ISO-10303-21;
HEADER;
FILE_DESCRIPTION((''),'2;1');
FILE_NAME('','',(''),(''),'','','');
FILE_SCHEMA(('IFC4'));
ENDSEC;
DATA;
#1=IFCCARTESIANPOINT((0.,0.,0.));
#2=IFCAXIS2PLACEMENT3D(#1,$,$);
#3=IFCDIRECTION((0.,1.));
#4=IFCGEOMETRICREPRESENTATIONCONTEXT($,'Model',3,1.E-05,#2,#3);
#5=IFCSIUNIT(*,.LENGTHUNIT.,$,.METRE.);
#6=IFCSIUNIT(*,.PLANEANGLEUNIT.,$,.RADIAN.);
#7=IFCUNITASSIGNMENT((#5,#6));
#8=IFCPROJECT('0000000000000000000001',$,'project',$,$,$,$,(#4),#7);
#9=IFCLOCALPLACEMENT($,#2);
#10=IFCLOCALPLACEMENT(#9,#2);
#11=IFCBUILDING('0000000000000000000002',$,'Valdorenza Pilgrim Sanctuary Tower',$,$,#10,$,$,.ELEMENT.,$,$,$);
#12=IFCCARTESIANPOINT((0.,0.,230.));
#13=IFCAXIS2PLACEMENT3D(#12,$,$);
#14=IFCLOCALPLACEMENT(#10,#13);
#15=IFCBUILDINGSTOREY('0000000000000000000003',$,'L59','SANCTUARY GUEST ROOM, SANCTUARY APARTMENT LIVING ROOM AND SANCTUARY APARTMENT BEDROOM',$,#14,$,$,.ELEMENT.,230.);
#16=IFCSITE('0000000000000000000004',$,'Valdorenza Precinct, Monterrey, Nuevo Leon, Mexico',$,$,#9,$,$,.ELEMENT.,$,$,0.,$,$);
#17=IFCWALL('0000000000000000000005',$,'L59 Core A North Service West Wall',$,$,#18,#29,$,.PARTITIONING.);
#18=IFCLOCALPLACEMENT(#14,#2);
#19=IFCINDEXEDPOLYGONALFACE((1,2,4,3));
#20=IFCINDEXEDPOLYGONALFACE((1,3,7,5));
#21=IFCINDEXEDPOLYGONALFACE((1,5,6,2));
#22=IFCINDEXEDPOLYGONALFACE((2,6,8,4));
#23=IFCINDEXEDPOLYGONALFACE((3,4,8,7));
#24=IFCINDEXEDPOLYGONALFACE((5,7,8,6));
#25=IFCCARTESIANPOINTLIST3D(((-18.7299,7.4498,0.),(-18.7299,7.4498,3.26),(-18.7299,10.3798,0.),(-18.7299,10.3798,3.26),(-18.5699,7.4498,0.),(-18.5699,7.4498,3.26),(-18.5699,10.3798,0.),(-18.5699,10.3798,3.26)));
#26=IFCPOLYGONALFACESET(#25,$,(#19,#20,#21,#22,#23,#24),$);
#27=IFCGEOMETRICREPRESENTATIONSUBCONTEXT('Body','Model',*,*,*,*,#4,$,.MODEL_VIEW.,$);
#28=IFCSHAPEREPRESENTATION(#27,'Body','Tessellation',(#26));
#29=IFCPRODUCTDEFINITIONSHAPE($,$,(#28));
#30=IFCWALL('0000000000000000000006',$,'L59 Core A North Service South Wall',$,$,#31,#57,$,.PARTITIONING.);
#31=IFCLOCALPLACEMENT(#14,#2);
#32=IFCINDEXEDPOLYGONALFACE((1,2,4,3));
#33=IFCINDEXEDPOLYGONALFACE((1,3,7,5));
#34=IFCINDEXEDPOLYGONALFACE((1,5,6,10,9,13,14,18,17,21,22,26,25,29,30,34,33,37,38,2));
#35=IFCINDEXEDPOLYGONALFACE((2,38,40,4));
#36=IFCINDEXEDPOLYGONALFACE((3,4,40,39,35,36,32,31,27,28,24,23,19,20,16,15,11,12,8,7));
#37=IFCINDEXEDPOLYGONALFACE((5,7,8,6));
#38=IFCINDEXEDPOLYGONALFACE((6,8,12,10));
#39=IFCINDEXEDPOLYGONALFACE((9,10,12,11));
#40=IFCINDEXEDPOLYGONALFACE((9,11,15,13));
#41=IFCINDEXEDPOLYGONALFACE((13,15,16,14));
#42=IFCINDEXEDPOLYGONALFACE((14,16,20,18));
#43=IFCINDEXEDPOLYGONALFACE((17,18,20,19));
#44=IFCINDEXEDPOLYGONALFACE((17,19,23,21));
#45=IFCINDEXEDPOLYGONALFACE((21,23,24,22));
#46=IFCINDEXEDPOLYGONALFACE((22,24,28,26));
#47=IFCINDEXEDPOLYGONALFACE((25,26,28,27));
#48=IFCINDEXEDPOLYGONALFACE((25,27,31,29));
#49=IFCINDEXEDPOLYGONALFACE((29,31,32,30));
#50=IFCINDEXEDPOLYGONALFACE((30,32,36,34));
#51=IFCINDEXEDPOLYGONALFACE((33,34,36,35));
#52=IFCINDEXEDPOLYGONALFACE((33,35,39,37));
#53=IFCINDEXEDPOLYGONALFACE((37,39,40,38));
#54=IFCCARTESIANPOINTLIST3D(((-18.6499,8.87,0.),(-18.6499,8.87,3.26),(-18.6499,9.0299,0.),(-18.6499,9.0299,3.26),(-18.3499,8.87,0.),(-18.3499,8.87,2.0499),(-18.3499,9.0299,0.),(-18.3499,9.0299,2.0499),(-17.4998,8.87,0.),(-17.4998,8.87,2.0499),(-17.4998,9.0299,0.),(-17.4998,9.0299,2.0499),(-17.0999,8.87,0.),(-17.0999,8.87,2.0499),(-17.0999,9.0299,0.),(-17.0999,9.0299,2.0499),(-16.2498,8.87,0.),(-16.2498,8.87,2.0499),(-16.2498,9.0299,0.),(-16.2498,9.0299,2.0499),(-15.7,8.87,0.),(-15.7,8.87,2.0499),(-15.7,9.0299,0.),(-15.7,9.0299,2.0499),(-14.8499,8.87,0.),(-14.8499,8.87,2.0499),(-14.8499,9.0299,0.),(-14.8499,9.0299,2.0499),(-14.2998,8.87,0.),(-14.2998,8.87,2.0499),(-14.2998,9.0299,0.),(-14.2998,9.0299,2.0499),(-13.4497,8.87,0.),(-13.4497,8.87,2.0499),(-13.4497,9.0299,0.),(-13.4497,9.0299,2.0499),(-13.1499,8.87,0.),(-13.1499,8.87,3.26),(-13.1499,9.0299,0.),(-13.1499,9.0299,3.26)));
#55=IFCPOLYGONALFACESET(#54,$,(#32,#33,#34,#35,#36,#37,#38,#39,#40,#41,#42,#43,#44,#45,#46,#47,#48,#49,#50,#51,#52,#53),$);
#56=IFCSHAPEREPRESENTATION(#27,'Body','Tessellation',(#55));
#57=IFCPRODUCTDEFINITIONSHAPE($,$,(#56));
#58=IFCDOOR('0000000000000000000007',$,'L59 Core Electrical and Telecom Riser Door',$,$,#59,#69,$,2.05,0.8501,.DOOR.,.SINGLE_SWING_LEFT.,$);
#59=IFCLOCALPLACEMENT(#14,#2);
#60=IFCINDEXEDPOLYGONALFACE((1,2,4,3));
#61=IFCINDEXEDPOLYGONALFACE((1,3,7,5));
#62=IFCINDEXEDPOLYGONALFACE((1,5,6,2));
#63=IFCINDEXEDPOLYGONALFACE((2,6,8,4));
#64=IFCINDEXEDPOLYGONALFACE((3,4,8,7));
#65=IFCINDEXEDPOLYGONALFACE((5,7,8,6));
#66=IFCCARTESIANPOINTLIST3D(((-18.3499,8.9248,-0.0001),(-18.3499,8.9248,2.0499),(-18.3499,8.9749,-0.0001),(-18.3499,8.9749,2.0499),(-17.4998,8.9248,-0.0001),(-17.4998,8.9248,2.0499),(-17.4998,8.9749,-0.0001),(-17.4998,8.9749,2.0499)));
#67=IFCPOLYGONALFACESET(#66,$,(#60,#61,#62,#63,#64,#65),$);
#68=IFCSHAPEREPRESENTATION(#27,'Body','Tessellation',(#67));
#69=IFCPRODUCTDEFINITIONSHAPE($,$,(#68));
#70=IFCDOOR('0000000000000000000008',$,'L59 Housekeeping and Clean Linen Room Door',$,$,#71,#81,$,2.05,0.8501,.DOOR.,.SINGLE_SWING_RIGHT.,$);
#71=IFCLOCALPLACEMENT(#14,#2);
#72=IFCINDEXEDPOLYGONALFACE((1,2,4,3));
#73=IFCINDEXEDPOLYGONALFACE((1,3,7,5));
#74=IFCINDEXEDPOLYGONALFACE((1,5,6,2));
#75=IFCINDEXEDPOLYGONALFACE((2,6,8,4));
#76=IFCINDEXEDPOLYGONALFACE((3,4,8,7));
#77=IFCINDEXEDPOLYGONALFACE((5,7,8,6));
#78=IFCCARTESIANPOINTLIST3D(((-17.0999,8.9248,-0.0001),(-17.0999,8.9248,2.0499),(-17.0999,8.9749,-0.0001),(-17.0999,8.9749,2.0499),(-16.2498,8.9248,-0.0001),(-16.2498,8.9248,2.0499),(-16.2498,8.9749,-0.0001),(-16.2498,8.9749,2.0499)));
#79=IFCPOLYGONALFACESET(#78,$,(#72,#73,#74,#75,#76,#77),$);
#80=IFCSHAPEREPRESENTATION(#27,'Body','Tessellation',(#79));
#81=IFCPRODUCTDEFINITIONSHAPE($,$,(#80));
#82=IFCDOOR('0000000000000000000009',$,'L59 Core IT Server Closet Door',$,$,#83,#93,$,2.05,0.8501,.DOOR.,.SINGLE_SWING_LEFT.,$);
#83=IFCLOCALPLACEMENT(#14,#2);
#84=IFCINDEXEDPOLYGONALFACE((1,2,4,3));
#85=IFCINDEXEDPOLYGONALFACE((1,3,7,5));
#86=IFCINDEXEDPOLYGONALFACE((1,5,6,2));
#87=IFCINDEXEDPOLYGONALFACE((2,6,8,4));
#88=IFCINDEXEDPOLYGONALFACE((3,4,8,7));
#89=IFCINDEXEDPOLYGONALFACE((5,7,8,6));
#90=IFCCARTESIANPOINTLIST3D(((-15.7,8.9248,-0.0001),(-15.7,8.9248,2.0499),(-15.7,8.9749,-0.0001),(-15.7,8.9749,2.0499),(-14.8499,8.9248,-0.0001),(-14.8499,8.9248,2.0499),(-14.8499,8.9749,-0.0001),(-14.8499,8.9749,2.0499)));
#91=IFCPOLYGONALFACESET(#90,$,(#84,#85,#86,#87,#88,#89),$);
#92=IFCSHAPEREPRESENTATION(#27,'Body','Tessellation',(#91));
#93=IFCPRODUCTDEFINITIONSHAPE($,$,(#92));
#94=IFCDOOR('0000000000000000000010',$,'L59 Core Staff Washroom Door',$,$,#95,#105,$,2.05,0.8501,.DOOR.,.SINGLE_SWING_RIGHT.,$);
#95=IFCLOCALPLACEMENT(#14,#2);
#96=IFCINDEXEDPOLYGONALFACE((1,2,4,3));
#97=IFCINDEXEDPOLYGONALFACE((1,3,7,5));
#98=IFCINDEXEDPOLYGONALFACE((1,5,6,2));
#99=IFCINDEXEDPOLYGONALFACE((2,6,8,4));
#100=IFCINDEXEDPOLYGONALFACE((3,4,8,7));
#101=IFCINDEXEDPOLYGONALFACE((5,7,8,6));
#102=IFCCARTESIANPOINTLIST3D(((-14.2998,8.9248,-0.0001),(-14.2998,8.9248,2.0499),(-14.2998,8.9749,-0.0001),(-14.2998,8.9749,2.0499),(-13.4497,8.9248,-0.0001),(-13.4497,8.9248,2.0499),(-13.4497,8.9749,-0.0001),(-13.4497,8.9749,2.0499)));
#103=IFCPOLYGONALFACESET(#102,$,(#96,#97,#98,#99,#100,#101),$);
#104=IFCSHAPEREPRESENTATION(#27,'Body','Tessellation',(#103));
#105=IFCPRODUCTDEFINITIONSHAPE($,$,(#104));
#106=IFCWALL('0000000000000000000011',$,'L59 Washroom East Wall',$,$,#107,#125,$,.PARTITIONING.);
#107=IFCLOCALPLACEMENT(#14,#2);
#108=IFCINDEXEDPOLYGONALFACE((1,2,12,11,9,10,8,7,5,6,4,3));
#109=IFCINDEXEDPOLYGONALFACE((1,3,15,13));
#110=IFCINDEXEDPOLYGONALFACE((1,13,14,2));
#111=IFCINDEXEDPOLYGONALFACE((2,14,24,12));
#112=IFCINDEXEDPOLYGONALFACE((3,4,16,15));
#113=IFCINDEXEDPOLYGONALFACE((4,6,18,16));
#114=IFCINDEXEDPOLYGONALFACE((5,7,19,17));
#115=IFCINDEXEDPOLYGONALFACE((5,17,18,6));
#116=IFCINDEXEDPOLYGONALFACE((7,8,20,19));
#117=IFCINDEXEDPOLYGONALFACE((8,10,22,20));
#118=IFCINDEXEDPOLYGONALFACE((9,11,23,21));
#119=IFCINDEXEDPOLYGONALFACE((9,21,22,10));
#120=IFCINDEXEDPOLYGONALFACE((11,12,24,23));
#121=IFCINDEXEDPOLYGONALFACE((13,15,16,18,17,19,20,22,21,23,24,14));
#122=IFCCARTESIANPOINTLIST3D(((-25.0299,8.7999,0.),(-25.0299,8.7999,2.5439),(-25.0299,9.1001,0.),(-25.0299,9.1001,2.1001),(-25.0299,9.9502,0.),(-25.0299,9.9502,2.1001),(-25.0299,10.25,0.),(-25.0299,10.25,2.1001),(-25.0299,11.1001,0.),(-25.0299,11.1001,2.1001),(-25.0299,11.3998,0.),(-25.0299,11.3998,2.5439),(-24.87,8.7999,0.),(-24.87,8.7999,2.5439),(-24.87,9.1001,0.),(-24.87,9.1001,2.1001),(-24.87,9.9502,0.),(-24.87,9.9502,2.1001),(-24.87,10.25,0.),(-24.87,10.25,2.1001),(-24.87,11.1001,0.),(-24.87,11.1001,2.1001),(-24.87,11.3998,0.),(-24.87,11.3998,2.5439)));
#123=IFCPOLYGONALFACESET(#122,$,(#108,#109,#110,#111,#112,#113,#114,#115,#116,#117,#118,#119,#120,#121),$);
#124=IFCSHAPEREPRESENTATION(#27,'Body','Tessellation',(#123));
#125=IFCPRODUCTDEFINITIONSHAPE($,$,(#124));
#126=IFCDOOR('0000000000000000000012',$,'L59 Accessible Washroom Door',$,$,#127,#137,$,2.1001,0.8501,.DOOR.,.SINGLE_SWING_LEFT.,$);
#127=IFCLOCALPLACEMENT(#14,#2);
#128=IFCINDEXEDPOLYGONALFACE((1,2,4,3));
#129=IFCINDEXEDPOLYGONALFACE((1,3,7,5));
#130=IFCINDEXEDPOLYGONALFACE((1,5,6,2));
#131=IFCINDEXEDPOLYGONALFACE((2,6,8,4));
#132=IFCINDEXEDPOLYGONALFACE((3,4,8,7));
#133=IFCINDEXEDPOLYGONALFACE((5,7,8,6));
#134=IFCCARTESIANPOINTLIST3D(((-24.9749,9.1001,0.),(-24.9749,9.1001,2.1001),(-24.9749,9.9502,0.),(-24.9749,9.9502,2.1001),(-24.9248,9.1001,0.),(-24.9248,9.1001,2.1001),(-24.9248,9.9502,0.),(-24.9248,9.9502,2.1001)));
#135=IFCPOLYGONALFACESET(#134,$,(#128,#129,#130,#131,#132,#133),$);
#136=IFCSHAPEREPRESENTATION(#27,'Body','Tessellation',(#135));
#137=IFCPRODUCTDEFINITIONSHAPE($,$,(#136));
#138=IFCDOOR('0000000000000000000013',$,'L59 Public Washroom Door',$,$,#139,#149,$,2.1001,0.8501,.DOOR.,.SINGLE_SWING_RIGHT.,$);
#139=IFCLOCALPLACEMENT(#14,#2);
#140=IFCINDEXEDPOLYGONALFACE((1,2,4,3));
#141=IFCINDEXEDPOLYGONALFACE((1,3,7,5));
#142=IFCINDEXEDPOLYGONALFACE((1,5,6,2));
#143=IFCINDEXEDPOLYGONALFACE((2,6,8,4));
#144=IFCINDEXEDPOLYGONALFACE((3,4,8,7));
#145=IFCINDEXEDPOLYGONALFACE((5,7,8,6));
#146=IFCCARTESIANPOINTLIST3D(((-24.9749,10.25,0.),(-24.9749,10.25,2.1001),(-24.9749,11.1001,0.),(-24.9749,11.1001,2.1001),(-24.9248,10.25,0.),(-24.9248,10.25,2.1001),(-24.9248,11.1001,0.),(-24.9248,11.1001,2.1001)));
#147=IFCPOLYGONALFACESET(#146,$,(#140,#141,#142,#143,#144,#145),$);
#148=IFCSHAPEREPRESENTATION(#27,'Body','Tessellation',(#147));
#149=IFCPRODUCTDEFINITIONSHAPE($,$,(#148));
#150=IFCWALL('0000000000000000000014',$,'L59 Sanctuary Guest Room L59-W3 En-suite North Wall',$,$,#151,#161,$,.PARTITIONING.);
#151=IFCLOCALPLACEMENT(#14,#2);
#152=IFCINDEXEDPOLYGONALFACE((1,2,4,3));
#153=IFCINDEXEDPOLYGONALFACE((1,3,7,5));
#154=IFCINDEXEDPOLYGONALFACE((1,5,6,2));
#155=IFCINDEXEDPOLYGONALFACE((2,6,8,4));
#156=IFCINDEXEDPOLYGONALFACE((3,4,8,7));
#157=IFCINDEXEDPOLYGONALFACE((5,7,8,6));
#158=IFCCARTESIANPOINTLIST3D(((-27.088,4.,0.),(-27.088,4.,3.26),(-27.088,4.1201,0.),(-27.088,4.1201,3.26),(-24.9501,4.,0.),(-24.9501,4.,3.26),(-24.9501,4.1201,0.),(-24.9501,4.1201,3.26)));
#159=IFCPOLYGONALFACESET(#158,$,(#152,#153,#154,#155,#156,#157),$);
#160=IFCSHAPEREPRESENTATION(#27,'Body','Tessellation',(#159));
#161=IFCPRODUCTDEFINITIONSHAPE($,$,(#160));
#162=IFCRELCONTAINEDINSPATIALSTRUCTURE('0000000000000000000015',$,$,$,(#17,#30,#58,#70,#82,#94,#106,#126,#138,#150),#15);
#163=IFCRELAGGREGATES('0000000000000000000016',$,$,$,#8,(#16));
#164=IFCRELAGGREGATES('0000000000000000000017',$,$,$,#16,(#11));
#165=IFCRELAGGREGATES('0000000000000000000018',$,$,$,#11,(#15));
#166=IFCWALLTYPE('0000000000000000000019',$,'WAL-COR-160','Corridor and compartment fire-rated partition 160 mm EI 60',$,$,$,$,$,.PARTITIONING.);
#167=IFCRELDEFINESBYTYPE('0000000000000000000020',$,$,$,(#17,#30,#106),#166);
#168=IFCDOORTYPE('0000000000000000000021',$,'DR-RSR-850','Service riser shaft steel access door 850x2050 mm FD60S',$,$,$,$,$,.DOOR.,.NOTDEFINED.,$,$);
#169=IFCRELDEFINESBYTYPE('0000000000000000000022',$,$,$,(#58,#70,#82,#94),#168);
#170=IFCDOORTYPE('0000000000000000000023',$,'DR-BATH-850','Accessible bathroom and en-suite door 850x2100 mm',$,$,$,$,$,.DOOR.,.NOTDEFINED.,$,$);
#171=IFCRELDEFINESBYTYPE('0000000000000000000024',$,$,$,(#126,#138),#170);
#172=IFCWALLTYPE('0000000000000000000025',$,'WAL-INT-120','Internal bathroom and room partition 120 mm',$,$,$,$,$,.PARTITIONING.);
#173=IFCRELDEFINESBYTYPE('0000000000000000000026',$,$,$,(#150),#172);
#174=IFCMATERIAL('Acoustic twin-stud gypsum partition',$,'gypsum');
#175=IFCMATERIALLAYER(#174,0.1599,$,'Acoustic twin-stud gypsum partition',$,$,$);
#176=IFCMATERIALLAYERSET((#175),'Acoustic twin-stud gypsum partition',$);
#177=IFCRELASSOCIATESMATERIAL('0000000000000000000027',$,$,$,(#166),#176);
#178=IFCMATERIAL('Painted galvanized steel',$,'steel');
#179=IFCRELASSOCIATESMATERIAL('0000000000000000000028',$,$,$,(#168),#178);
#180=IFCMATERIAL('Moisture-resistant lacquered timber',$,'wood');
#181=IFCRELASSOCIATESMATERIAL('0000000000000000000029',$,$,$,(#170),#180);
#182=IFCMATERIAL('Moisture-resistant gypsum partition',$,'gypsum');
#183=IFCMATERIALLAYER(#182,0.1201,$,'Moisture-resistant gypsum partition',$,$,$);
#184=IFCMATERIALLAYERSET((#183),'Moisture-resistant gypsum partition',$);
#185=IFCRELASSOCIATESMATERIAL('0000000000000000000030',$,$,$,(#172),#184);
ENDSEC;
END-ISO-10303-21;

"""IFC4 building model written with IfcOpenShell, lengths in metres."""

from ifc_helpers import new_model, si_unit, direction, frame, frame_2d, origin, place, context, subcontext, project, spatial, rectangle, extrude, material, layer, layer_set, type_object, element, fill, save


model = new_model("IFC4")

# Units and contexts
model_context = context("Model", 3, precision=1e-05, world=origin(), true_north=direction((0.0, 1.0)))
body_context = subcontext(model_context, "Body", "Model", "MODEL_VIEW")
ifc_project = project(units=[si_unit("LENGTHUNIT", "METRE"), si_unit("PLANEANGLEUNIT", "RADIAN")], contexts=[model_context])

# Site, building, storey
site_placement = place(None, origin())
site = spatial("IfcSite", under=ifc_project, at=site_placement, Name="Valdorenza Precinct, Monterrey, Nuevo Leon, Mexico", CompositionType="ELEMENT", RefElevation=0.0)
building_placement = place(site_placement, origin())
building = spatial("IfcBuilding", under=site, at=building_placement, Name="Valdorenza Pilgrim Sanctuary Tower", CompositionType="ELEMENT")
storey_placement = place(building_placement, frame((0.0, 0.0, 230.0)))
storey = spatial("IfcBuildingStorey", under=building, at=storey_placement, Name="L59", Description="SANCTUARY GUEST ROOM, SANCTUARY APARTMENT LIVING ROOM AND SANCTUARY APARTMENT BEDROOM", CompositionType="ELEMENT", Elevation=230.0)

# Wall
ifc_material_1 = material(Name="Acoustic twin-stud gypsum partition", Category="gypsum")
ifc_layer_1 = layer(ifc_material_1, 0.1599, Name="Acoustic twin-stud gypsum partition")
ifc_layer_set_1 = layer_set([ifc_layer_1], Name="Acoustic twin-stud gypsum partition")
wall_type_1 = type_object("IfcWallType", Name="WAL-COR-160", Description="Corridor and compartment fire-rated partition 160 mm EI 60", PredefinedType="PARTITIONING", material=ifc_layer_set_1)
wall_1_placement = place(storey_placement, frame((-18.6499, 7.45, 0.0), z_axis=(0.0, 0.0, 1.0), x_axis=(0.0, 1.0, 0.0)))
element("IfcWall", 1, at=wall_1_placement, inside=storey, type_object=wall_type_1, Name="L59 Core A North Service West Wall", PredefinedType="PARTITIONING", context=body_context, shape_type="SweptSolid", body=[
    extrude(rectangle(XDim=2.9299, YDim=0.1599, at=frame_2d((1.4648, 0.0))), origin(), (0.0, 0.0, 1.0), 3.26),
])

# Walls, openings, doors
wall_2_placement = place(storey_placement, frame((-18.6499, 8.95, 0.0), z_axis=(0.0, 0.0, 1.0), x_axis=(1.0, 0.0, 0.0)))
wall_2 = element("IfcWall", 2, at=wall_2_placement, inside=storey, type_object=wall_type_1, Name="L59 Core A North Service South Wall", PredefinedType="PARTITIONING", context=body_context, shape_type="SweptSolid", body=[
    extrude(rectangle(XDim=5.5, YDim=0.1599, at=frame_2d((2.75, 0.0))), origin(), (0.0, 0.0, 1.0), 3.26),
])
opening_1_placement = place(wall_2_placement, frame((0.3, 0.0, 0.0)))
opening_1 = element("IfcOpeningElement", 3, at=opening_1_placement, cuts=wall_2, PredefinedType="OPENING", context=body_context, shape_type="SweptSolid", body=[
    extrude(rectangle(XDim=0.8501, YDim=2.05, at=frame_2d((0.425, 1.0249))), frame((0.0, 0.0947, 0.0), z_axis=(0.0, -1.0, 0.0), x_axis=(1.0, 0.0, 0.0)), (0.0, 0.0, 1.0), 0.1897),
])
opening_2_placement = place(wall_2_placement, frame((1.55, 0.0, 0.0)))
opening_2 = element("IfcOpeningElement", 4, at=opening_2_placement, cuts=wall_2, PredefinedType="OPENING", context=body_context, shape_type="SweptSolid", body=[
    extrude(rectangle(XDim=0.8501, YDim=2.05, at=frame_2d((0.425, 1.0249))), frame((0.0, 0.0947, 0.0), z_axis=(0.0, -1.0, 0.0), x_axis=(1.0, 0.0, 0.0)), (0.0, 0.0, 1.0), 0.1897),
])
opening_3_placement = place(wall_2_placement, frame((2.95, 0.0, 0.0)))
opening_3 = element("IfcOpeningElement", 5, at=opening_3_placement, cuts=wall_2, PredefinedType="OPENING", context=body_context, shape_type="SweptSolid", body=[
    extrude(rectangle(XDim=0.8501, YDim=2.05, at=frame_2d((0.425, 1.0249))), frame((0.0, 0.0947, 0.0), z_axis=(0.0, -1.0, 0.0), x_axis=(1.0, 0.0, 0.0)), (0.0, 0.0, 1.0), 0.1897),
])
opening_4_placement = place(wall_2_placement, frame((4.3501, 0.0, 0.0)))
opening_4 = element("IfcOpeningElement", 6, at=opening_4_placement, cuts=wall_2, PredefinedType="OPENING", context=body_context, shape_type="SweptSolid", body=[
    extrude(rectangle(XDim=0.8501, YDim=2.05, at=frame_2d((0.425, 1.0249))), frame((0.0, 0.0947, 0.0), z_axis=(0.0, -1.0, 0.0), x_axis=(1.0, 0.0, 0.0)), (0.0, 0.0, 1.0), 0.1897),
])
ifc_material_2 = material(Name="Painted galvanized steel", Category="steel")
door_type_1 = type_object("IfcDoorType", Name="DR-RSR-850", Description="Service riser shaft steel access door 850x2050 mm FD60S", OperationType="NOTDEFINED", PredefinedType="DOOR", material=ifc_material_2)
door_1_placement = place(opening_1_placement, origin())
door_1 = element("IfcDoor", 7, at=door_1_placement, inside=storey, type_object=door_type_1, Name="L59 Core Electrical and Telecom Riser Door", OperationType="SINGLE_SWING_LEFT", OverallHeight=2.05, OverallWidth=0.8501, PredefinedType="DOOR", context=body_context, shape_type="SweptSolid", body=[
    extrude(rectangle(XDim=0.8501, YDim=2.05, at=frame_2d((0.425, 1.0249))), frame((0.0, 0.0249, 0.0), z_axis=(0.0, -1.0, 0.0), x_axis=(1.0, 0.0, 0.0)), (0.0, 0.0, 1.0), 0.05),
])
fill(opening_1, door_1)
door_2_placement = place(opening_2_placement, origin())
door_2 = element("IfcDoor", 8, at=door_2_placement, inside=storey, type_object=door_type_1, Name="L59 Housekeeping and Clean Linen Room Door", OperationType="SINGLE_SWING_RIGHT", OverallHeight=2.05, OverallWidth=0.8501, PredefinedType="DOOR", context=body_context, shape_type="SweptSolid", body=[
    extrude(rectangle(XDim=0.8501, YDim=2.05, at=frame_2d((0.425, 1.0249))), frame((0.0, 0.0249, 0.0), z_axis=(0.0, -1.0, 0.0), x_axis=(1.0, 0.0, 0.0)), (0.0, 0.0, 1.0), 0.05),
])
fill(opening_2, door_2)
door_3_placement = place(opening_3_placement, origin())
door_3 = element("IfcDoor", 9, at=door_3_placement, inside=storey, type_object=door_type_1, Name="L59 Core IT Server Closet Door", OperationType="SINGLE_SWING_LEFT", OverallHeight=2.05, OverallWidth=0.8501, PredefinedType="DOOR", context=body_context, shape_type="SweptSolid", body=[
    extrude(rectangle(XDim=0.8501, YDim=2.05, at=frame_2d((0.425, 1.0249))), frame((0.0, 0.0249, 0.0), z_axis=(0.0, -1.0, 0.0), x_axis=(1.0, 0.0, 0.0)), (0.0, 0.0, 1.0), 0.05),
])
fill(opening_3, door_3)
door_4_placement = place(opening_4_placement, origin())
door_4 = element("IfcDoor", 10, at=door_4_placement, inside=storey, type_object=door_type_1, Name="L59 Core Staff Washroom Door", OperationType="SINGLE_SWING_RIGHT", OverallHeight=2.05, OverallWidth=0.8501, PredefinedType="DOOR", context=body_context, shape_type="SweptSolid", body=[
    extrude(rectangle(XDim=0.8501, YDim=2.05, at=frame_2d((0.425, 1.0249))), frame((0.0, 0.0249, 0.0), z_axis=(0.0, -1.0, 0.0), x_axis=(1.0, 0.0, 0.0)), (0.0, 0.0, 1.0), 0.05),
])
fill(opening_4, door_4)
wall_3_placement = place(storey_placement, frame((-24.95, 8.8, 0.0), z_axis=(0.0, 0.0, 1.0), x_axis=(0.0, 1.0, 0.0)))
wall_3 = element("IfcWall", 11, at=wall_3_placement, inside=storey, type_object=wall_type_1, Name="L59 Washroom East Wall", PredefinedType="PARTITIONING", context=body_context, shape_type="SweptSolid", body=[
    extrude(rectangle(XDim=2.5999, YDim=0.1599, at=frame_2d((1.2998, 0.0))), origin(), (0.0, 0.0, 1.0), 2.5439),
])
opening_5_placement = place(wall_3_placement, frame((0.3, 0.0, 0.0)))
opening_5 = element("IfcOpeningElement", 12, at=opening_5_placement, cuts=wall_3, PredefinedType="OPENING", context=body_context, shape_type="SweptSolid", body=[
    extrude(rectangle(XDim=0.8501, YDim=2.1001, at=frame_2d((0.425, 1.05))), frame((0.0, 0.0947, 0.0), z_axis=(0.0, -1.0, 0.0), x_axis=(1.0, 0.0, 0.0)), (0.0, 0.0, 1.0), 0.1897),
])
opening_6_placement = place(wall_3_placement, frame((1.45, 0.0, 0.0)))
opening_6 = element("IfcOpeningElement", 13, at=opening_6_placement, cuts=wall_3, PredefinedType="OPENING", context=body_context, shape_type="SweptSolid", body=[
    extrude(rectangle(XDim=0.8501, YDim=2.1001, at=frame_2d((0.425, 1.05))), frame((0.0, 0.0947, 0.0), z_axis=(0.0, -1.0, 0.0), x_axis=(1.0, 0.0, 0.0)), (0.0, 0.0, 1.0), 0.1897),
])
ifc_material_3 = material(Name="Moisture-resistant lacquered timber", Category="wood")
door_type_2 = type_object("IfcDoorType", Name="DR-BATH-850", Description="Accessible bathroom and en-suite door 850x2100 mm", OperationType="NOTDEFINED", PredefinedType="DOOR", material=ifc_material_3)
door_5_placement = place(opening_5_placement, origin())
door_5 = element("IfcDoor", 14, at=door_5_placement, inside=storey, type_object=door_type_2, Name="L59 Accessible Washroom Door", OperationType="SINGLE_SWING_LEFT", OverallHeight=2.1001, OverallWidth=0.8501, PredefinedType="DOOR", context=body_context, shape_type="SweptSolid", body=[
    extrude(rectangle(XDim=0.8501, YDim=2.1001, at=frame_2d((0.425, 1.05))), frame((0.0, 0.0249, 0.0), z_axis=(0.0, -1.0, 0.0), x_axis=(1.0, 0.0, 0.0)), (0.0, 0.0, 1.0), 0.05),
])
fill(opening_5, door_5)
door_6_placement = place(opening_6_placement, origin())
door_6 = element("IfcDoor", 15, at=door_6_placement, inside=storey, type_object=door_type_2, Name="L59 Public Washroom Door", OperationType="SINGLE_SWING_RIGHT", OverallHeight=2.1001, OverallWidth=0.8501, PredefinedType="DOOR", context=body_context, shape_type="SweptSolid", body=[
    extrude(rectangle(XDim=0.8501, YDim=2.1001, at=frame_2d((0.425, 1.05))), frame((0.0, 0.0249, 0.0), z_axis=(0.0, -1.0, 0.0), x_axis=(1.0, 0.0, 0.0)), (0.0, 0.0, 1.0), 0.05),
])
fill(opening_6, door_6)

# Wall
ifc_material_4 = material(Name="Moisture-resistant gypsum partition", Category="gypsum")
ifc_layer_2 = layer(ifc_material_4, 0.1201, Name="Moisture-resistant gypsum partition")
ifc_layer_set_2 = layer_set([ifc_layer_2], Name="Moisture-resistant gypsum partition")
wall_type_2 = type_object("IfcWallType", Name="WAL-INT-120", Description="Internal bathroom and room partition 120 mm", PredefinedType="PARTITIONING", material=ifc_layer_set_2)
wall_4_placement = place(storey_placement, frame((-27.0879, 4.0601, 0.0), z_axis=(0.0, 0.0, 1.0), x_axis=(1.0, 0.0, 0.0)))
element("IfcWall", 16, at=wall_4_placement, inside=storey, type_object=wall_type_2, Name="L59 Sanctuary Guest Room L59-W3 En-suite North Wall", PredefinedType="PARTITIONING", context=body_context, shape_type="SweptSolid", body=[
    extrude(rectangle(XDim=2.1379, YDim=0.1201, at=frame_2d((1.0688, 0.0))), origin(), (0.0, 0.0, 1.0), 3.26),
])

save(model, "model.ifc")
